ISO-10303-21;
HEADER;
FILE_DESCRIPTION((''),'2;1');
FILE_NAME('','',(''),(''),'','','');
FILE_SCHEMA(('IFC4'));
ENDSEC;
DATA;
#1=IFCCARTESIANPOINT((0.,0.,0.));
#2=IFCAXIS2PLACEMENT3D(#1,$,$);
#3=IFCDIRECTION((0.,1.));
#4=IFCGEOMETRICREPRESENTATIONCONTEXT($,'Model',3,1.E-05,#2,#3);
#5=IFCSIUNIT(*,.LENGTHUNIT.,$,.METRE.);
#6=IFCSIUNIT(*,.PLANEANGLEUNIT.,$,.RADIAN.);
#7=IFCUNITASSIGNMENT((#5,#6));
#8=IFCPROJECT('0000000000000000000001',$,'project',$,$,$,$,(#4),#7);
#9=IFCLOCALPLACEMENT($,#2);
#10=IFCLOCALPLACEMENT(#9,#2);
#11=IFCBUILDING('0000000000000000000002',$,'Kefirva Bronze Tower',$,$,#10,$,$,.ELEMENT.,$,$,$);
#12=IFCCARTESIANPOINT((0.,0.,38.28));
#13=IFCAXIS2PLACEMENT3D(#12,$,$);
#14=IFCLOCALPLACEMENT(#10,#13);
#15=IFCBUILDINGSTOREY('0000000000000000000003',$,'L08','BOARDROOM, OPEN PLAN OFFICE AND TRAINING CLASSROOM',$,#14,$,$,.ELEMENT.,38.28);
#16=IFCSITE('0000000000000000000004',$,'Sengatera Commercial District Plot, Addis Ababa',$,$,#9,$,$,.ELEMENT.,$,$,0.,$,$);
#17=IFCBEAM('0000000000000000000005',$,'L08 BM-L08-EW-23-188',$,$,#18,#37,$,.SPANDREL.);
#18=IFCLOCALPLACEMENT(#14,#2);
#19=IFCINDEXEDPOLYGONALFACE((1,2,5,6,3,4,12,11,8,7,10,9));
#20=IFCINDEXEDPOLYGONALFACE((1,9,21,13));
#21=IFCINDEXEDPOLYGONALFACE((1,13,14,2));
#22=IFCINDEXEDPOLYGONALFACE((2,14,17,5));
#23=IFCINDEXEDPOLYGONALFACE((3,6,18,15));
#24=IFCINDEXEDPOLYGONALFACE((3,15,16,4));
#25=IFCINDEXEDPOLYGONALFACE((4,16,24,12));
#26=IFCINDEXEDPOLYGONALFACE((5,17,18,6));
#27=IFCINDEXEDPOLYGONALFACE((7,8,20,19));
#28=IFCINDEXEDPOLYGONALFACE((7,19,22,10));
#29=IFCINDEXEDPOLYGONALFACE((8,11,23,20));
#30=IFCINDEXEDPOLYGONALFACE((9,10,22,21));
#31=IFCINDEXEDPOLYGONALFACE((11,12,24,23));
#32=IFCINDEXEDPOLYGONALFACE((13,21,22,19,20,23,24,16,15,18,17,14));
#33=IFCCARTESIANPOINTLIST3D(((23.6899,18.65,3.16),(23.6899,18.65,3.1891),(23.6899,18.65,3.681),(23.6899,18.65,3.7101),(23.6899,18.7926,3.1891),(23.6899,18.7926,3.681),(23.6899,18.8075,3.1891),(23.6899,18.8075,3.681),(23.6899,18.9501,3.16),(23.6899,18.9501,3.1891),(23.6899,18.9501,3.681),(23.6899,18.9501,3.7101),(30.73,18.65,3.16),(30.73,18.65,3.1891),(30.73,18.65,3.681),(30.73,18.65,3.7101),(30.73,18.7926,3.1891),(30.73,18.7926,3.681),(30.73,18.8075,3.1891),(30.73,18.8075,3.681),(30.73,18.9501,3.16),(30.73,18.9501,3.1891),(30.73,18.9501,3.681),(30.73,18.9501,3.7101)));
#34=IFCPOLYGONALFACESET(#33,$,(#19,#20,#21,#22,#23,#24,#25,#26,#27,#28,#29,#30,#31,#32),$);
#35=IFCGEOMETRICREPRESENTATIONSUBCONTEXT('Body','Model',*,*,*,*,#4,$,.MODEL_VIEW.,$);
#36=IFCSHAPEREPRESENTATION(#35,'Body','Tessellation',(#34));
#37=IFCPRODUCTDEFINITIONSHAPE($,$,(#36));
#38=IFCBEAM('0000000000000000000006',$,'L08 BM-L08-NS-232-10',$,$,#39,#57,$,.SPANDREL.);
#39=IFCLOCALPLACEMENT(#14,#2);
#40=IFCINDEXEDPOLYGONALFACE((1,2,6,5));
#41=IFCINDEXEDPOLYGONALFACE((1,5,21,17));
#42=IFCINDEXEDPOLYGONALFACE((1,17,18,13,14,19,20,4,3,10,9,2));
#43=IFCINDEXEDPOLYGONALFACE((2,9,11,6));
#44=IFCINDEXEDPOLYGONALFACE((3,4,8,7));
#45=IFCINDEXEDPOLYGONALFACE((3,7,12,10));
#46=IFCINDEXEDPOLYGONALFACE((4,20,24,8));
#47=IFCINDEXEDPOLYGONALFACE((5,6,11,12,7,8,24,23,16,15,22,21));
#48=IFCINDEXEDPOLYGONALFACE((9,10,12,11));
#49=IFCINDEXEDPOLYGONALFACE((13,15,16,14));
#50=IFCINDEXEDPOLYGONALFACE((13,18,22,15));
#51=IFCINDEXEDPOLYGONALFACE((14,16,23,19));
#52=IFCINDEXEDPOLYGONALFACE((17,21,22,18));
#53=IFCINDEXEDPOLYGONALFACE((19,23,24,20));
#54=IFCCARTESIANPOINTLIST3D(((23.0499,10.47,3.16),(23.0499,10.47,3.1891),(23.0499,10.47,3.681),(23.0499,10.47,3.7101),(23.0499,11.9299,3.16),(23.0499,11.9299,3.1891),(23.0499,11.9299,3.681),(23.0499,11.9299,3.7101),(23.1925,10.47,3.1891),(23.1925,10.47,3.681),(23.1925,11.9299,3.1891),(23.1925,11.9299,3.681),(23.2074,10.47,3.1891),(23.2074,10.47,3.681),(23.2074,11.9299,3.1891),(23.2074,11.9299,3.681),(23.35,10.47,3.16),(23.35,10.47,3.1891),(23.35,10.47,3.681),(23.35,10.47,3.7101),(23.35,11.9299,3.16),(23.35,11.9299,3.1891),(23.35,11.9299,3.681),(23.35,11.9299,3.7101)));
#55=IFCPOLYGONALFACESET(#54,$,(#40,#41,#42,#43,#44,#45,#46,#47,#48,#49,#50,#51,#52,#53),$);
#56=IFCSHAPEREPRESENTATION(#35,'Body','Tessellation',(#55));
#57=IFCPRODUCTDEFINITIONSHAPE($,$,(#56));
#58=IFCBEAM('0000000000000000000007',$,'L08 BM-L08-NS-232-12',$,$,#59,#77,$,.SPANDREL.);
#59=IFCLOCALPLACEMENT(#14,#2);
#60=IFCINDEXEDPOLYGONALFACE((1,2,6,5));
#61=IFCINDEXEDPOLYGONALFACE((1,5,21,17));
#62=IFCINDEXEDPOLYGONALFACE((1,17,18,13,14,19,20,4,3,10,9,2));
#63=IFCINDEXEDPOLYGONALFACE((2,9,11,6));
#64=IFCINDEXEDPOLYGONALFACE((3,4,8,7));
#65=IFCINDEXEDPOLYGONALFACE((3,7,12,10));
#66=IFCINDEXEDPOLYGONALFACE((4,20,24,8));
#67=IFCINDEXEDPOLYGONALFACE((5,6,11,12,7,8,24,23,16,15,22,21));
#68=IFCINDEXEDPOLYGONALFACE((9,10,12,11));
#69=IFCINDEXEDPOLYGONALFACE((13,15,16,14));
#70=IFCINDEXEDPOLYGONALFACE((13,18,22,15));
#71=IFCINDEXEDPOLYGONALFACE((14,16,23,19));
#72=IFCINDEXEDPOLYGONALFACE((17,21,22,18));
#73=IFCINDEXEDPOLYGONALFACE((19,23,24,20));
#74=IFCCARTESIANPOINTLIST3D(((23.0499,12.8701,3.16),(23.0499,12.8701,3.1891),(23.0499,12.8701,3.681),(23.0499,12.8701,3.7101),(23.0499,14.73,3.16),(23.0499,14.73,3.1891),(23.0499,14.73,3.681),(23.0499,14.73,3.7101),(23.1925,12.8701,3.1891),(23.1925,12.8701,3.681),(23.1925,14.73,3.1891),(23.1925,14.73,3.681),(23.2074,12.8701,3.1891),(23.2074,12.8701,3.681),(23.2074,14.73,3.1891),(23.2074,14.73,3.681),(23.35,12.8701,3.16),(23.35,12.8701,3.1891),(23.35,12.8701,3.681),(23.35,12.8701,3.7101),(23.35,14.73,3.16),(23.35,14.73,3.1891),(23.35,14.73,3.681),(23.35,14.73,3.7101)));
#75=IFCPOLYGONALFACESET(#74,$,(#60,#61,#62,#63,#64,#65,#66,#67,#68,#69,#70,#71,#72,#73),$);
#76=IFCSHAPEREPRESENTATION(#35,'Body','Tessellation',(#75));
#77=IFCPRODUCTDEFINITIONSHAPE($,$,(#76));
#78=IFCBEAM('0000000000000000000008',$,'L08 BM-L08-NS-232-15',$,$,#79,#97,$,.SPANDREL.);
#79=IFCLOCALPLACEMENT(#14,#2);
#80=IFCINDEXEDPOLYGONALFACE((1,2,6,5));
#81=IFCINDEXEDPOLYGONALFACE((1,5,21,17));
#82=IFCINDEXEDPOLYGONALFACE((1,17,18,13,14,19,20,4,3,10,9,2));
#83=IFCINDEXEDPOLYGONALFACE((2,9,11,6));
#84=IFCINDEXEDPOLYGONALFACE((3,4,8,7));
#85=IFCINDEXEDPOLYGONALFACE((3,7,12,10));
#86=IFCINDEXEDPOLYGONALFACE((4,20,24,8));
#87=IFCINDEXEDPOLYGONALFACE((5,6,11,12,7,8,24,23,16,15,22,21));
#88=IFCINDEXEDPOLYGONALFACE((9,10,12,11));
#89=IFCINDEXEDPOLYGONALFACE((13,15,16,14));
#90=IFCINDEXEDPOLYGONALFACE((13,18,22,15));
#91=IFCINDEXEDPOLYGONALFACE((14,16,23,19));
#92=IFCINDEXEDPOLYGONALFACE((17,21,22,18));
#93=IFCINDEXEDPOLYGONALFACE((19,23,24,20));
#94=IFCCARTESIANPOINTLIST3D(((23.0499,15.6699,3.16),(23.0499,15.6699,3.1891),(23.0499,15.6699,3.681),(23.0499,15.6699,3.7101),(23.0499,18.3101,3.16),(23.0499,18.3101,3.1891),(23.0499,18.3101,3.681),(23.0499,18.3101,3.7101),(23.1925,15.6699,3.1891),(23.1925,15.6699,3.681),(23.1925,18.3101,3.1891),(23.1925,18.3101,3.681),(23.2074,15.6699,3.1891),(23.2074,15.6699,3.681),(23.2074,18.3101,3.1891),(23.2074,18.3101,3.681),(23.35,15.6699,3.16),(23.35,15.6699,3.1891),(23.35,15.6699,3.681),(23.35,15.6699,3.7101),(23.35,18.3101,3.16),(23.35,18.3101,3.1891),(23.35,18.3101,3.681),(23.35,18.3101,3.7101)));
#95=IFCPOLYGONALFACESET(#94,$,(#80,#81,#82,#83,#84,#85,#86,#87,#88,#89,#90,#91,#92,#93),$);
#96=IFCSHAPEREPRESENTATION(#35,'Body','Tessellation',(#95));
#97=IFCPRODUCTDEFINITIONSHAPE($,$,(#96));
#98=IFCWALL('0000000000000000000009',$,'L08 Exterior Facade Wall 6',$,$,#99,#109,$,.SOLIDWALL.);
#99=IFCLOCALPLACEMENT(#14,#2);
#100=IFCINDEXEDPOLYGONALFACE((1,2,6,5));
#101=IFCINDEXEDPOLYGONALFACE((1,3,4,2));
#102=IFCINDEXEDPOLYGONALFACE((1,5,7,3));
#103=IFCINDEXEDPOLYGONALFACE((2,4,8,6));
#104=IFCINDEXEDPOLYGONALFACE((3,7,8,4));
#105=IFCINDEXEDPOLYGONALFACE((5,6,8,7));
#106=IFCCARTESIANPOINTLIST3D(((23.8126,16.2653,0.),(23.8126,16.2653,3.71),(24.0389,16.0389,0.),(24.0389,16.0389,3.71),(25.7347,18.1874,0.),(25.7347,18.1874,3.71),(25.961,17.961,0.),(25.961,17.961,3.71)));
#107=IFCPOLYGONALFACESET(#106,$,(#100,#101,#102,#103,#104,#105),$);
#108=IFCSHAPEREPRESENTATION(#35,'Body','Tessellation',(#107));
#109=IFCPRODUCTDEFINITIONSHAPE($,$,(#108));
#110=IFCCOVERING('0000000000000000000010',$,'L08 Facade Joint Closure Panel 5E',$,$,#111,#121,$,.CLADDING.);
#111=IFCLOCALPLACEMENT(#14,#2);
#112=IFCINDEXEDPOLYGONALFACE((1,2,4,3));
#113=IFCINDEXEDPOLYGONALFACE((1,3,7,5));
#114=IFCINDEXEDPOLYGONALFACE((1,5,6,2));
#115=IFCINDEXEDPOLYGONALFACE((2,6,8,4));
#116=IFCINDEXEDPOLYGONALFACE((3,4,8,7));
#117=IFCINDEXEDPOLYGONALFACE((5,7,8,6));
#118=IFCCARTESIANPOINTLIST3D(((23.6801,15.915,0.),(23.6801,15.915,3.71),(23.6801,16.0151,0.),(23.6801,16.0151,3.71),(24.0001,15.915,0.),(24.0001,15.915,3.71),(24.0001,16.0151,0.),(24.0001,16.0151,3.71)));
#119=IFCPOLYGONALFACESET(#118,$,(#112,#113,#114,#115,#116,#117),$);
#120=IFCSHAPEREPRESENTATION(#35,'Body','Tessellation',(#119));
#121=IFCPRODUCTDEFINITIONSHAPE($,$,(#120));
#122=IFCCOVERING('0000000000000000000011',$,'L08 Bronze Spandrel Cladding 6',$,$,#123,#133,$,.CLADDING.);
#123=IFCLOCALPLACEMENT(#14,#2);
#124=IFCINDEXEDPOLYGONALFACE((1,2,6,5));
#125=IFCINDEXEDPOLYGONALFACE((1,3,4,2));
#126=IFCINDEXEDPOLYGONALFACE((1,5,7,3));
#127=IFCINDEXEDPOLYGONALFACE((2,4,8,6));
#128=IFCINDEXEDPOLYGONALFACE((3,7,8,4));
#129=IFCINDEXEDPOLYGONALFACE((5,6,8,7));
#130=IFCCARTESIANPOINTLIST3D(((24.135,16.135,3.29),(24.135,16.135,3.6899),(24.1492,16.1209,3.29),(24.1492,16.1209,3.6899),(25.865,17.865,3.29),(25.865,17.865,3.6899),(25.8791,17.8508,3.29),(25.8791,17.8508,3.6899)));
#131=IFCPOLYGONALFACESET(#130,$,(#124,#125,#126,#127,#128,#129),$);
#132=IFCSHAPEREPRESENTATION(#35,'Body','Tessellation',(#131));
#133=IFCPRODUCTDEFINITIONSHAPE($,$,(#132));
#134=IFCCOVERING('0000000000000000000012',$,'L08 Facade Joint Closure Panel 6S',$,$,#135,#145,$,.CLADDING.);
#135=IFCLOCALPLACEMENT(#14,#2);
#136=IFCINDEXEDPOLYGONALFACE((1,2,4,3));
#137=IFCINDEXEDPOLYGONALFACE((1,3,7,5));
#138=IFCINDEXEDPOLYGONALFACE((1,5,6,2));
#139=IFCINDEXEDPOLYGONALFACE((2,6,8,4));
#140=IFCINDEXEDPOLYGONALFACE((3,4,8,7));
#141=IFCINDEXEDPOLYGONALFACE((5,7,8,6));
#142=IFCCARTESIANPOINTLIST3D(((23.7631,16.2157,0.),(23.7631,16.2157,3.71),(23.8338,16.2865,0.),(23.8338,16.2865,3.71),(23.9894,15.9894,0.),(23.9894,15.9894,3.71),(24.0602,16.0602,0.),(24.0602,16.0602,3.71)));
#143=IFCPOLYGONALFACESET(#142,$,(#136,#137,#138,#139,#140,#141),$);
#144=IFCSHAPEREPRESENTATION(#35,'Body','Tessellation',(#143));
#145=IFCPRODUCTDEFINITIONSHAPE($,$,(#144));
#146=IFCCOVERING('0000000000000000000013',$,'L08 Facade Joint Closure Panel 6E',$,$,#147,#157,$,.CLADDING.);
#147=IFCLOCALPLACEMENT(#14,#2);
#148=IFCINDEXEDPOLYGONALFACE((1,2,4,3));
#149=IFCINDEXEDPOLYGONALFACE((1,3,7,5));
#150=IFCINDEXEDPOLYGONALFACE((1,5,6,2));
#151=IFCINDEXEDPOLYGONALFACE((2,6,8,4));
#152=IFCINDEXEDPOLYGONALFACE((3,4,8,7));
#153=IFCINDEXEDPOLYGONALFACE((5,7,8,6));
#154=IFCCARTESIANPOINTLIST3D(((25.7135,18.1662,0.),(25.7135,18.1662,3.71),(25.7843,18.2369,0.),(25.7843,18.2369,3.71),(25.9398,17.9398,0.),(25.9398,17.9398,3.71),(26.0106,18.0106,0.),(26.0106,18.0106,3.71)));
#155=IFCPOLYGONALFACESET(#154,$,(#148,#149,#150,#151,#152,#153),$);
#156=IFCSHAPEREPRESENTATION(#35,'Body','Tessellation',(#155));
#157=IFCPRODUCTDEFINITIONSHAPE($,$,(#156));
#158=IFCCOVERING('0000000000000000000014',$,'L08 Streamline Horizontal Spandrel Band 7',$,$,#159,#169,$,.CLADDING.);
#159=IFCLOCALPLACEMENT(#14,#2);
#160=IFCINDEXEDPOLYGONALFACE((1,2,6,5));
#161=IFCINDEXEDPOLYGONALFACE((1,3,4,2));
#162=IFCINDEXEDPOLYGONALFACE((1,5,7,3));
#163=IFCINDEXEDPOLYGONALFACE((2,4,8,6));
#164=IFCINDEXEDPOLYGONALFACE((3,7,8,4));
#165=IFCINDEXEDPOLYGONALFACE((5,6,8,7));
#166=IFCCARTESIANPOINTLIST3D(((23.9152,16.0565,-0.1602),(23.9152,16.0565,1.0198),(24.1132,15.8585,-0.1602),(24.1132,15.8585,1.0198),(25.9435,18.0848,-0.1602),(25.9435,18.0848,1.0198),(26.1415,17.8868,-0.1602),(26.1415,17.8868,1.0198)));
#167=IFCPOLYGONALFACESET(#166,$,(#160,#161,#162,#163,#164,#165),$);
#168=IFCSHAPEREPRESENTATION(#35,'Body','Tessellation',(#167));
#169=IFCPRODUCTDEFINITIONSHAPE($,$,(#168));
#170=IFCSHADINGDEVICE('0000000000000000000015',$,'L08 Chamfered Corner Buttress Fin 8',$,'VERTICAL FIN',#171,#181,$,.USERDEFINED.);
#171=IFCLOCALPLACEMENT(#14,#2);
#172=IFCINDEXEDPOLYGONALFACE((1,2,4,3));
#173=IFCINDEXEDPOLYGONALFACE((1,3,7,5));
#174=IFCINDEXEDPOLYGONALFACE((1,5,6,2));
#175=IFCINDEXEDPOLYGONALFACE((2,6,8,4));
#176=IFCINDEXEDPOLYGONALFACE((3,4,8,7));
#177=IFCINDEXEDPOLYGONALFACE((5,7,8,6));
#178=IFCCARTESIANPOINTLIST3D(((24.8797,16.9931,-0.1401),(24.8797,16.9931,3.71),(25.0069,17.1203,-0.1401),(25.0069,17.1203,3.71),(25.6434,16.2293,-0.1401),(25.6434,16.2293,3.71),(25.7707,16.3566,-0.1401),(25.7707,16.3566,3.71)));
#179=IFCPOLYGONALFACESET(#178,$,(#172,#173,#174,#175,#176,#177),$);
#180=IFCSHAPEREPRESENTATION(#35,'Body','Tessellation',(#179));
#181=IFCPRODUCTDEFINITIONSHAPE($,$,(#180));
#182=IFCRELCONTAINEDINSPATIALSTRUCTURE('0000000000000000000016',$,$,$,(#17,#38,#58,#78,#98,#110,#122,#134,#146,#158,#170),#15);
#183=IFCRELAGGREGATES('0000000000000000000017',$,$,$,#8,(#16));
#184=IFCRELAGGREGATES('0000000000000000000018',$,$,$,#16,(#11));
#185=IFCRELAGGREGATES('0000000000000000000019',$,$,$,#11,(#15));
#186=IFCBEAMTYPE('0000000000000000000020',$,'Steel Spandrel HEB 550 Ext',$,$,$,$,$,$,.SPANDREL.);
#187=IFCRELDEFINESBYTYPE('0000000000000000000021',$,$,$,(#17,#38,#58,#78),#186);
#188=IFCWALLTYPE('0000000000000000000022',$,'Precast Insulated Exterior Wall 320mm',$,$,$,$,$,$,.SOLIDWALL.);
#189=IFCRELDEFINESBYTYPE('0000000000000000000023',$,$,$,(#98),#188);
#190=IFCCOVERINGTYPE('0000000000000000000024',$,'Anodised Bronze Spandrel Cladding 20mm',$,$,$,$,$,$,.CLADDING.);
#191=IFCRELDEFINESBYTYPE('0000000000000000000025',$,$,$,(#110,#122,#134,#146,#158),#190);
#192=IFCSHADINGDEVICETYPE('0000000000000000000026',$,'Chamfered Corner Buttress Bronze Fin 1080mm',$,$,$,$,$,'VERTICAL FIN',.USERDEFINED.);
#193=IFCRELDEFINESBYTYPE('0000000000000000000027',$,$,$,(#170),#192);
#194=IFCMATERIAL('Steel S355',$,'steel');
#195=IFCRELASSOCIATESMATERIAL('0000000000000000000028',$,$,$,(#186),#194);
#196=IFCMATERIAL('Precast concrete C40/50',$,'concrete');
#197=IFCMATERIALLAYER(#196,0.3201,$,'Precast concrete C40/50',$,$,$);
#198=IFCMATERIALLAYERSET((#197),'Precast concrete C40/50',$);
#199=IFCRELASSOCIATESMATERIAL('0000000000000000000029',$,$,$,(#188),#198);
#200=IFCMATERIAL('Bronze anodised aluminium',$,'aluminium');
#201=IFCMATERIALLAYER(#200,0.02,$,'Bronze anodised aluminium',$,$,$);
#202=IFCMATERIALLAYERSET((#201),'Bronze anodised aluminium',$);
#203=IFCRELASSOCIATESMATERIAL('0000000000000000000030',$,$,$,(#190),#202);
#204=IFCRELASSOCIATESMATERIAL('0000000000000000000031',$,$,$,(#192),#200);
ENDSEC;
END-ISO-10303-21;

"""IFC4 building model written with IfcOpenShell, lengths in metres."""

from ifc_helpers import new_model, si_unit, direction, frame, frame_2d, origin, origin_2d, place, context, subcontext, project, spatial, rectangle, i_section, extrude, material, layer, layer_set, material_profile, profile_set, type_object, element, save


model = new_model("IFC4")

# Units and contexts
model_context = context("Model", 3, precision=1e-05, world=origin(), true_north=direction((0.0, 1.0)))
body_context = subcontext(model_context, "Body", "Model", "MODEL_VIEW")
ifc_project = project(units=[si_unit("LENGTHUNIT", "METRE"), si_unit("PLANEANGLEUNIT", "RADIAN")], contexts=[model_context])

# Site, building, storey
site_placement = place(None, origin())
site = spatial("IfcSite", under=ifc_project, at=site_placement, Name="Sengatera Commercial District Plot, Addis Ababa", CompositionType="ELEMENT", RefElevation=0.0)
building_placement = place(site_placement, origin())
building = spatial("IfcBuilding", under=site, at=building_placement, Name="Kefirva Bronze Tower", CompositionType="ELEMENT")
storey_placement = place(building_placement, frame((0.0, 0.0, 38.28)))
storey = spatial("IfcBuildingStorey", under=building, at=storey_placement, Name="L08", Description="BOARDROOM, OPEN PLAN OFFICE AND TRAINING CLASSROOM", CompositionType="ELEMENT", Elevation=38.28)

# Shared definitions
ifc_material_1 = material(Name="Bronze anodised aluminium", Category="aluminium")

# Beams
ifc_material_2 = material(Name="Steel S355", Category="steel")
ifc_material_profile_1 = material_profile(ifc_material_2, i_section(OverallWidth=0.3, OverallDepth=0.55, WebThickness=0.0149, FlangeThickness=0.0291, at=origin_2d()), Name="HEB 550")
ifc_profile_set_1 = profile_set([ifc_material_profile_1], Name="Steel S355")
beam_type_1 = type_object("IfcBeamType", Name="Steel Spandrel HEB 550 Ext", PredefinedType="SPANDREL", material=ifc_profile_set_1)
beam_1_placement = place(storey_placement, frame((23.6899, 18.8, 3.4351), z_axis=(1.0, 0.0, 0.0), x_axis=(0.0, 1.0, 0.0)))
element("IfcBeam", 1, at=beam_1_placement, inside=storey, type_object=beam_type_1, Name="L08 BM-L08-EW-23-188", PredefinedType="SPANDREL", context=body_context, shape_type="SweptSolid", body=[
    extrude(i_section(OverallWidth=0.3, OverallDepth=0.55, WebThickness=0.0149, FlangeThickness=0.0291, at=origin_2d()), origin(), (0.0, 0.0, 1.0), 7.04),
])
beam_2_placement = place(storey_placement, frame((23.2, 10.47, 3.4351), z_axis=(0.0, 1.0, 0.0), x_axis=(-1.0, 0.0, 0.0)))
element("IfcBeam", 2, at=beam_2_placement, inside=storey, type_object=beam_type_1, Name="L08 BM-L08-NS-232-10", PredefinedType="SPANDREL", context=body_context, shape_type="SweptSolid", body=[
    extrude(i_section(OverallWidth=0.3, OverallDepth=0.55, WebThickness=0.0149, FlangeThickness=0.0291, at=origin_2d()), origin(), (0.0, 0.0, 1.0), 1.46),
])
beam_3_placement = place(storey_placement, frame((23.2, 12.8701, 3.4351), z_axis=(0.0, 1.0, 0.0), x_axis=(-1.0, 0.0, 0.0)))
element("IfcBeam", 3, at=beam_3_placement, inside=storey, type_object=beam_type_1, Name="L08 BM-L08-NS-232-12", PredefinedType="SPANDREL", context=body_context, shape_type="SweptSolid", body=[
    extrude(i_section(OverallWidth=0.3, OverallDepth=0.55, WebThickness=0.0149, FlangeThickness=0.0291, at=origin_2d()), origin(), (0.0, 0.0, 1.0), 1.8599),
])
beam_4_placement = place(storey_placement, frame((23.2, 15.6699, 3.4351), z_axis=(0.0, 1.0, 0.0), x_axis=(-1.0, 0.0, 0.0)))
element("IfcBeam", 4, at=beam_4_placement, inside=storey, type_object=beam_type_1, Name="L08 BM-L08-NS-232-15", PredefinedType="SPANDREL", context=body_context, shape_type="SweptSolid", body=[
    extrude(i_section(OverallWidth=0.3, OverallDepth=0.55, WebThickness=0.0149, FlangeThickness=0.0291, at=origin_2d()), origin(), (0.0, 0.0, 1.0), 2.6401),
])

# Wall
ifc_material_3 = material(Name="Precast concrete C40/50", Category="concrete")
ifc_layer_1 = layer(ifc_material_3, 0.3201, Name="Precast concrete C40/50")
ifc_layer_set_1 = layer_set([ifc_layer_1], Name="Precast concrete C40/50")
wall_type = type_object("IfcWallType", Name="Precast Insulated Exterior Wall 320mm", PredefinedType="SOLIDWALL", material=ifc_layer_set_1)
wall_placement = place(storey_placement, frame((23.9258, 16.1521, 0.0), z_axis=(0.0, 0.0, 1.0), x_axis=(0.707107, 0.707107, 0.0)))
element("IfcWall", 5, at=wall_placement, inside=storey, type_object=wall_type, Name="L08 Exterior Facade Wall 6", PredefinedType="SOLIDWALL", context=body_context, shape_type="SweptSolid", body=[
    extrude(rectangle(XDim=2.7183, YDim=0.3201, at=frame_2d((1.3591, 0.0))), origin(), (0.0, 0.0, 1.0), 3.71),
])

# Coverings
ifc_layer_2 = layer(ifc_material_1, 0.02, Name="Bronze anodised aluminium")
ifc_layer_set_2 = layer_set([ifc_layer_2], Name="Bronze anodised aluminium")
covering_type_1 = type_object("IfcCoveringType", Name="Anodised Bronze Spandrel Cladding 20mm", PredefinedType="CLADDING", material=ifc_layer_set_2)
covering_1_placement = place(storey_placement, frame((23.8401, 15.9651, 0.0), z_axis=(0.0, 0.0, 1.0), x_axis=(0.0, 1.0, 0.0)))
element("IfcCovering", 6, at=covering_1_placement, inside=storey, type_object=covering_type_1, Name="L08 Facade Joint Closure Panel 5E", PredefinedType="CLADDING", context=body_context, shape_type="SweptSolid", body=[
    extrude(rectangle(XDim=0.1001, YDim=0.3201, at=origin_2d()), origin(), (0.0, 0.0, 1.0), 3.71),
])
covering_2_placement = place(storey_placement, frame((25.0071, 16.9929, 3.29), z_axis=(0.0, 0.0, 1.0), x_axis=(0.707107, 0.707107, 0.0)))
element("IfcCovering", 7, at=covering_2_placement, inside=storey, type_object=covering_type_1, Name="L08 Bronze Spandrel Cladding 6", PredefinedType="CLADDING", context=body_context, shape_type="SweptSolid", body=[
    extrude(rectangle(XDim=2.4465, YDim=0.02, at=origin_2d()), origin(), (0.0, 0.0, 1.0), 0.3999),
])
for number, where, z_axis, x_axis, name in (
    (8, (23.9116, 16.1379, 0.0), (0.0, 0.0, 1.0), (0.707107, 0.707107, 0.0), "L08 Facade Joint Closure Panel 6S"),
    (9, (25.8621, 18.0884, 0.0), (0.0, 0.0, 1.0), (0.707107, 0.707107, 0.0), "L08 Facade Joint Closure Panel 6E"),
):
    element("IfcCovering", number, at=place(storey_placement, frame(where, z_axis=z_axis, x_axis=x_axis)), inside=storey, type_object=covering_type_1, Name=name, PredefinedType="CLADDING", context=body_context, shape_type="SweptSolid", body=[
        extrude(rectangle(XDim=0.1001, YDim=0.3201, at=origin_2d()), origin(), (0.0, 0.0, 1.0), 3.71),
    ])
covering_3_placement = place(storey_placement, frame((25.0283, 16.9717, -0.1602), z_axis=(0.0, 0.0, 1.0), x_axis=(0.707107, 0.707107, 0.0)))
element("IfcCovering", 10, at=covering_3_placement, inside=storey, type_object=covering_type_1, Name="L08 Streamline Horizontal Spandrel Band 7", PredefinedType="CLADDING", context=body_context, shape_type="SweptSolid", body=[
    extrude(rectangle(XDim=2.8684, YDim=0.28, at=origin_2d()), origin(), (0.0, 0.0, 1.0), 1.1799),
])

# Shading device
ifc_material_profile_2 = material_profile(ifc_material_1, rectangle(XDim=0.1799, YDim=1.0801, at=origin_2d()), Name="BRONZE BUTTRESS FIN 180x1080")
ifc_profile_set_2 = profile_set([ifc_material_profile_2], Name="Bronze anodised aluminium")
shading_device_type = type_object("IfcShadingDeviceType", Name="Chamfered Corner Buttress Bronze Fin 1080mm", ElementType="VERTICAL FIN", PredefinedType="USERDEFINED", material=ifc_profile_set_2)
shading_device_placement = place(storey_placement, frame((25.3252, 16.6748, -0.1401), z_axis=(0.0, 0.0, 1.0), x_axis=(0.707107, 0.707107, 0.0)))
element("IfcShadingDevice", 11, at=shading_device_placement, inside=storey, type_object=shading_device_type, Name="L08 Chamfered Corner Buttress Fin 8", ObjectType="VERTICAL FIN", PredefinedType="USERDEFINED", context=body_context, shape_type="SweptSolid", body=[
    extrude(rectangle(XDim=0.1799, YDim=1.0801, at=origin_2d()), origin(), (0.0, 0.0, 1.0), 3.8501),
])

save(model, "model.ifc")
